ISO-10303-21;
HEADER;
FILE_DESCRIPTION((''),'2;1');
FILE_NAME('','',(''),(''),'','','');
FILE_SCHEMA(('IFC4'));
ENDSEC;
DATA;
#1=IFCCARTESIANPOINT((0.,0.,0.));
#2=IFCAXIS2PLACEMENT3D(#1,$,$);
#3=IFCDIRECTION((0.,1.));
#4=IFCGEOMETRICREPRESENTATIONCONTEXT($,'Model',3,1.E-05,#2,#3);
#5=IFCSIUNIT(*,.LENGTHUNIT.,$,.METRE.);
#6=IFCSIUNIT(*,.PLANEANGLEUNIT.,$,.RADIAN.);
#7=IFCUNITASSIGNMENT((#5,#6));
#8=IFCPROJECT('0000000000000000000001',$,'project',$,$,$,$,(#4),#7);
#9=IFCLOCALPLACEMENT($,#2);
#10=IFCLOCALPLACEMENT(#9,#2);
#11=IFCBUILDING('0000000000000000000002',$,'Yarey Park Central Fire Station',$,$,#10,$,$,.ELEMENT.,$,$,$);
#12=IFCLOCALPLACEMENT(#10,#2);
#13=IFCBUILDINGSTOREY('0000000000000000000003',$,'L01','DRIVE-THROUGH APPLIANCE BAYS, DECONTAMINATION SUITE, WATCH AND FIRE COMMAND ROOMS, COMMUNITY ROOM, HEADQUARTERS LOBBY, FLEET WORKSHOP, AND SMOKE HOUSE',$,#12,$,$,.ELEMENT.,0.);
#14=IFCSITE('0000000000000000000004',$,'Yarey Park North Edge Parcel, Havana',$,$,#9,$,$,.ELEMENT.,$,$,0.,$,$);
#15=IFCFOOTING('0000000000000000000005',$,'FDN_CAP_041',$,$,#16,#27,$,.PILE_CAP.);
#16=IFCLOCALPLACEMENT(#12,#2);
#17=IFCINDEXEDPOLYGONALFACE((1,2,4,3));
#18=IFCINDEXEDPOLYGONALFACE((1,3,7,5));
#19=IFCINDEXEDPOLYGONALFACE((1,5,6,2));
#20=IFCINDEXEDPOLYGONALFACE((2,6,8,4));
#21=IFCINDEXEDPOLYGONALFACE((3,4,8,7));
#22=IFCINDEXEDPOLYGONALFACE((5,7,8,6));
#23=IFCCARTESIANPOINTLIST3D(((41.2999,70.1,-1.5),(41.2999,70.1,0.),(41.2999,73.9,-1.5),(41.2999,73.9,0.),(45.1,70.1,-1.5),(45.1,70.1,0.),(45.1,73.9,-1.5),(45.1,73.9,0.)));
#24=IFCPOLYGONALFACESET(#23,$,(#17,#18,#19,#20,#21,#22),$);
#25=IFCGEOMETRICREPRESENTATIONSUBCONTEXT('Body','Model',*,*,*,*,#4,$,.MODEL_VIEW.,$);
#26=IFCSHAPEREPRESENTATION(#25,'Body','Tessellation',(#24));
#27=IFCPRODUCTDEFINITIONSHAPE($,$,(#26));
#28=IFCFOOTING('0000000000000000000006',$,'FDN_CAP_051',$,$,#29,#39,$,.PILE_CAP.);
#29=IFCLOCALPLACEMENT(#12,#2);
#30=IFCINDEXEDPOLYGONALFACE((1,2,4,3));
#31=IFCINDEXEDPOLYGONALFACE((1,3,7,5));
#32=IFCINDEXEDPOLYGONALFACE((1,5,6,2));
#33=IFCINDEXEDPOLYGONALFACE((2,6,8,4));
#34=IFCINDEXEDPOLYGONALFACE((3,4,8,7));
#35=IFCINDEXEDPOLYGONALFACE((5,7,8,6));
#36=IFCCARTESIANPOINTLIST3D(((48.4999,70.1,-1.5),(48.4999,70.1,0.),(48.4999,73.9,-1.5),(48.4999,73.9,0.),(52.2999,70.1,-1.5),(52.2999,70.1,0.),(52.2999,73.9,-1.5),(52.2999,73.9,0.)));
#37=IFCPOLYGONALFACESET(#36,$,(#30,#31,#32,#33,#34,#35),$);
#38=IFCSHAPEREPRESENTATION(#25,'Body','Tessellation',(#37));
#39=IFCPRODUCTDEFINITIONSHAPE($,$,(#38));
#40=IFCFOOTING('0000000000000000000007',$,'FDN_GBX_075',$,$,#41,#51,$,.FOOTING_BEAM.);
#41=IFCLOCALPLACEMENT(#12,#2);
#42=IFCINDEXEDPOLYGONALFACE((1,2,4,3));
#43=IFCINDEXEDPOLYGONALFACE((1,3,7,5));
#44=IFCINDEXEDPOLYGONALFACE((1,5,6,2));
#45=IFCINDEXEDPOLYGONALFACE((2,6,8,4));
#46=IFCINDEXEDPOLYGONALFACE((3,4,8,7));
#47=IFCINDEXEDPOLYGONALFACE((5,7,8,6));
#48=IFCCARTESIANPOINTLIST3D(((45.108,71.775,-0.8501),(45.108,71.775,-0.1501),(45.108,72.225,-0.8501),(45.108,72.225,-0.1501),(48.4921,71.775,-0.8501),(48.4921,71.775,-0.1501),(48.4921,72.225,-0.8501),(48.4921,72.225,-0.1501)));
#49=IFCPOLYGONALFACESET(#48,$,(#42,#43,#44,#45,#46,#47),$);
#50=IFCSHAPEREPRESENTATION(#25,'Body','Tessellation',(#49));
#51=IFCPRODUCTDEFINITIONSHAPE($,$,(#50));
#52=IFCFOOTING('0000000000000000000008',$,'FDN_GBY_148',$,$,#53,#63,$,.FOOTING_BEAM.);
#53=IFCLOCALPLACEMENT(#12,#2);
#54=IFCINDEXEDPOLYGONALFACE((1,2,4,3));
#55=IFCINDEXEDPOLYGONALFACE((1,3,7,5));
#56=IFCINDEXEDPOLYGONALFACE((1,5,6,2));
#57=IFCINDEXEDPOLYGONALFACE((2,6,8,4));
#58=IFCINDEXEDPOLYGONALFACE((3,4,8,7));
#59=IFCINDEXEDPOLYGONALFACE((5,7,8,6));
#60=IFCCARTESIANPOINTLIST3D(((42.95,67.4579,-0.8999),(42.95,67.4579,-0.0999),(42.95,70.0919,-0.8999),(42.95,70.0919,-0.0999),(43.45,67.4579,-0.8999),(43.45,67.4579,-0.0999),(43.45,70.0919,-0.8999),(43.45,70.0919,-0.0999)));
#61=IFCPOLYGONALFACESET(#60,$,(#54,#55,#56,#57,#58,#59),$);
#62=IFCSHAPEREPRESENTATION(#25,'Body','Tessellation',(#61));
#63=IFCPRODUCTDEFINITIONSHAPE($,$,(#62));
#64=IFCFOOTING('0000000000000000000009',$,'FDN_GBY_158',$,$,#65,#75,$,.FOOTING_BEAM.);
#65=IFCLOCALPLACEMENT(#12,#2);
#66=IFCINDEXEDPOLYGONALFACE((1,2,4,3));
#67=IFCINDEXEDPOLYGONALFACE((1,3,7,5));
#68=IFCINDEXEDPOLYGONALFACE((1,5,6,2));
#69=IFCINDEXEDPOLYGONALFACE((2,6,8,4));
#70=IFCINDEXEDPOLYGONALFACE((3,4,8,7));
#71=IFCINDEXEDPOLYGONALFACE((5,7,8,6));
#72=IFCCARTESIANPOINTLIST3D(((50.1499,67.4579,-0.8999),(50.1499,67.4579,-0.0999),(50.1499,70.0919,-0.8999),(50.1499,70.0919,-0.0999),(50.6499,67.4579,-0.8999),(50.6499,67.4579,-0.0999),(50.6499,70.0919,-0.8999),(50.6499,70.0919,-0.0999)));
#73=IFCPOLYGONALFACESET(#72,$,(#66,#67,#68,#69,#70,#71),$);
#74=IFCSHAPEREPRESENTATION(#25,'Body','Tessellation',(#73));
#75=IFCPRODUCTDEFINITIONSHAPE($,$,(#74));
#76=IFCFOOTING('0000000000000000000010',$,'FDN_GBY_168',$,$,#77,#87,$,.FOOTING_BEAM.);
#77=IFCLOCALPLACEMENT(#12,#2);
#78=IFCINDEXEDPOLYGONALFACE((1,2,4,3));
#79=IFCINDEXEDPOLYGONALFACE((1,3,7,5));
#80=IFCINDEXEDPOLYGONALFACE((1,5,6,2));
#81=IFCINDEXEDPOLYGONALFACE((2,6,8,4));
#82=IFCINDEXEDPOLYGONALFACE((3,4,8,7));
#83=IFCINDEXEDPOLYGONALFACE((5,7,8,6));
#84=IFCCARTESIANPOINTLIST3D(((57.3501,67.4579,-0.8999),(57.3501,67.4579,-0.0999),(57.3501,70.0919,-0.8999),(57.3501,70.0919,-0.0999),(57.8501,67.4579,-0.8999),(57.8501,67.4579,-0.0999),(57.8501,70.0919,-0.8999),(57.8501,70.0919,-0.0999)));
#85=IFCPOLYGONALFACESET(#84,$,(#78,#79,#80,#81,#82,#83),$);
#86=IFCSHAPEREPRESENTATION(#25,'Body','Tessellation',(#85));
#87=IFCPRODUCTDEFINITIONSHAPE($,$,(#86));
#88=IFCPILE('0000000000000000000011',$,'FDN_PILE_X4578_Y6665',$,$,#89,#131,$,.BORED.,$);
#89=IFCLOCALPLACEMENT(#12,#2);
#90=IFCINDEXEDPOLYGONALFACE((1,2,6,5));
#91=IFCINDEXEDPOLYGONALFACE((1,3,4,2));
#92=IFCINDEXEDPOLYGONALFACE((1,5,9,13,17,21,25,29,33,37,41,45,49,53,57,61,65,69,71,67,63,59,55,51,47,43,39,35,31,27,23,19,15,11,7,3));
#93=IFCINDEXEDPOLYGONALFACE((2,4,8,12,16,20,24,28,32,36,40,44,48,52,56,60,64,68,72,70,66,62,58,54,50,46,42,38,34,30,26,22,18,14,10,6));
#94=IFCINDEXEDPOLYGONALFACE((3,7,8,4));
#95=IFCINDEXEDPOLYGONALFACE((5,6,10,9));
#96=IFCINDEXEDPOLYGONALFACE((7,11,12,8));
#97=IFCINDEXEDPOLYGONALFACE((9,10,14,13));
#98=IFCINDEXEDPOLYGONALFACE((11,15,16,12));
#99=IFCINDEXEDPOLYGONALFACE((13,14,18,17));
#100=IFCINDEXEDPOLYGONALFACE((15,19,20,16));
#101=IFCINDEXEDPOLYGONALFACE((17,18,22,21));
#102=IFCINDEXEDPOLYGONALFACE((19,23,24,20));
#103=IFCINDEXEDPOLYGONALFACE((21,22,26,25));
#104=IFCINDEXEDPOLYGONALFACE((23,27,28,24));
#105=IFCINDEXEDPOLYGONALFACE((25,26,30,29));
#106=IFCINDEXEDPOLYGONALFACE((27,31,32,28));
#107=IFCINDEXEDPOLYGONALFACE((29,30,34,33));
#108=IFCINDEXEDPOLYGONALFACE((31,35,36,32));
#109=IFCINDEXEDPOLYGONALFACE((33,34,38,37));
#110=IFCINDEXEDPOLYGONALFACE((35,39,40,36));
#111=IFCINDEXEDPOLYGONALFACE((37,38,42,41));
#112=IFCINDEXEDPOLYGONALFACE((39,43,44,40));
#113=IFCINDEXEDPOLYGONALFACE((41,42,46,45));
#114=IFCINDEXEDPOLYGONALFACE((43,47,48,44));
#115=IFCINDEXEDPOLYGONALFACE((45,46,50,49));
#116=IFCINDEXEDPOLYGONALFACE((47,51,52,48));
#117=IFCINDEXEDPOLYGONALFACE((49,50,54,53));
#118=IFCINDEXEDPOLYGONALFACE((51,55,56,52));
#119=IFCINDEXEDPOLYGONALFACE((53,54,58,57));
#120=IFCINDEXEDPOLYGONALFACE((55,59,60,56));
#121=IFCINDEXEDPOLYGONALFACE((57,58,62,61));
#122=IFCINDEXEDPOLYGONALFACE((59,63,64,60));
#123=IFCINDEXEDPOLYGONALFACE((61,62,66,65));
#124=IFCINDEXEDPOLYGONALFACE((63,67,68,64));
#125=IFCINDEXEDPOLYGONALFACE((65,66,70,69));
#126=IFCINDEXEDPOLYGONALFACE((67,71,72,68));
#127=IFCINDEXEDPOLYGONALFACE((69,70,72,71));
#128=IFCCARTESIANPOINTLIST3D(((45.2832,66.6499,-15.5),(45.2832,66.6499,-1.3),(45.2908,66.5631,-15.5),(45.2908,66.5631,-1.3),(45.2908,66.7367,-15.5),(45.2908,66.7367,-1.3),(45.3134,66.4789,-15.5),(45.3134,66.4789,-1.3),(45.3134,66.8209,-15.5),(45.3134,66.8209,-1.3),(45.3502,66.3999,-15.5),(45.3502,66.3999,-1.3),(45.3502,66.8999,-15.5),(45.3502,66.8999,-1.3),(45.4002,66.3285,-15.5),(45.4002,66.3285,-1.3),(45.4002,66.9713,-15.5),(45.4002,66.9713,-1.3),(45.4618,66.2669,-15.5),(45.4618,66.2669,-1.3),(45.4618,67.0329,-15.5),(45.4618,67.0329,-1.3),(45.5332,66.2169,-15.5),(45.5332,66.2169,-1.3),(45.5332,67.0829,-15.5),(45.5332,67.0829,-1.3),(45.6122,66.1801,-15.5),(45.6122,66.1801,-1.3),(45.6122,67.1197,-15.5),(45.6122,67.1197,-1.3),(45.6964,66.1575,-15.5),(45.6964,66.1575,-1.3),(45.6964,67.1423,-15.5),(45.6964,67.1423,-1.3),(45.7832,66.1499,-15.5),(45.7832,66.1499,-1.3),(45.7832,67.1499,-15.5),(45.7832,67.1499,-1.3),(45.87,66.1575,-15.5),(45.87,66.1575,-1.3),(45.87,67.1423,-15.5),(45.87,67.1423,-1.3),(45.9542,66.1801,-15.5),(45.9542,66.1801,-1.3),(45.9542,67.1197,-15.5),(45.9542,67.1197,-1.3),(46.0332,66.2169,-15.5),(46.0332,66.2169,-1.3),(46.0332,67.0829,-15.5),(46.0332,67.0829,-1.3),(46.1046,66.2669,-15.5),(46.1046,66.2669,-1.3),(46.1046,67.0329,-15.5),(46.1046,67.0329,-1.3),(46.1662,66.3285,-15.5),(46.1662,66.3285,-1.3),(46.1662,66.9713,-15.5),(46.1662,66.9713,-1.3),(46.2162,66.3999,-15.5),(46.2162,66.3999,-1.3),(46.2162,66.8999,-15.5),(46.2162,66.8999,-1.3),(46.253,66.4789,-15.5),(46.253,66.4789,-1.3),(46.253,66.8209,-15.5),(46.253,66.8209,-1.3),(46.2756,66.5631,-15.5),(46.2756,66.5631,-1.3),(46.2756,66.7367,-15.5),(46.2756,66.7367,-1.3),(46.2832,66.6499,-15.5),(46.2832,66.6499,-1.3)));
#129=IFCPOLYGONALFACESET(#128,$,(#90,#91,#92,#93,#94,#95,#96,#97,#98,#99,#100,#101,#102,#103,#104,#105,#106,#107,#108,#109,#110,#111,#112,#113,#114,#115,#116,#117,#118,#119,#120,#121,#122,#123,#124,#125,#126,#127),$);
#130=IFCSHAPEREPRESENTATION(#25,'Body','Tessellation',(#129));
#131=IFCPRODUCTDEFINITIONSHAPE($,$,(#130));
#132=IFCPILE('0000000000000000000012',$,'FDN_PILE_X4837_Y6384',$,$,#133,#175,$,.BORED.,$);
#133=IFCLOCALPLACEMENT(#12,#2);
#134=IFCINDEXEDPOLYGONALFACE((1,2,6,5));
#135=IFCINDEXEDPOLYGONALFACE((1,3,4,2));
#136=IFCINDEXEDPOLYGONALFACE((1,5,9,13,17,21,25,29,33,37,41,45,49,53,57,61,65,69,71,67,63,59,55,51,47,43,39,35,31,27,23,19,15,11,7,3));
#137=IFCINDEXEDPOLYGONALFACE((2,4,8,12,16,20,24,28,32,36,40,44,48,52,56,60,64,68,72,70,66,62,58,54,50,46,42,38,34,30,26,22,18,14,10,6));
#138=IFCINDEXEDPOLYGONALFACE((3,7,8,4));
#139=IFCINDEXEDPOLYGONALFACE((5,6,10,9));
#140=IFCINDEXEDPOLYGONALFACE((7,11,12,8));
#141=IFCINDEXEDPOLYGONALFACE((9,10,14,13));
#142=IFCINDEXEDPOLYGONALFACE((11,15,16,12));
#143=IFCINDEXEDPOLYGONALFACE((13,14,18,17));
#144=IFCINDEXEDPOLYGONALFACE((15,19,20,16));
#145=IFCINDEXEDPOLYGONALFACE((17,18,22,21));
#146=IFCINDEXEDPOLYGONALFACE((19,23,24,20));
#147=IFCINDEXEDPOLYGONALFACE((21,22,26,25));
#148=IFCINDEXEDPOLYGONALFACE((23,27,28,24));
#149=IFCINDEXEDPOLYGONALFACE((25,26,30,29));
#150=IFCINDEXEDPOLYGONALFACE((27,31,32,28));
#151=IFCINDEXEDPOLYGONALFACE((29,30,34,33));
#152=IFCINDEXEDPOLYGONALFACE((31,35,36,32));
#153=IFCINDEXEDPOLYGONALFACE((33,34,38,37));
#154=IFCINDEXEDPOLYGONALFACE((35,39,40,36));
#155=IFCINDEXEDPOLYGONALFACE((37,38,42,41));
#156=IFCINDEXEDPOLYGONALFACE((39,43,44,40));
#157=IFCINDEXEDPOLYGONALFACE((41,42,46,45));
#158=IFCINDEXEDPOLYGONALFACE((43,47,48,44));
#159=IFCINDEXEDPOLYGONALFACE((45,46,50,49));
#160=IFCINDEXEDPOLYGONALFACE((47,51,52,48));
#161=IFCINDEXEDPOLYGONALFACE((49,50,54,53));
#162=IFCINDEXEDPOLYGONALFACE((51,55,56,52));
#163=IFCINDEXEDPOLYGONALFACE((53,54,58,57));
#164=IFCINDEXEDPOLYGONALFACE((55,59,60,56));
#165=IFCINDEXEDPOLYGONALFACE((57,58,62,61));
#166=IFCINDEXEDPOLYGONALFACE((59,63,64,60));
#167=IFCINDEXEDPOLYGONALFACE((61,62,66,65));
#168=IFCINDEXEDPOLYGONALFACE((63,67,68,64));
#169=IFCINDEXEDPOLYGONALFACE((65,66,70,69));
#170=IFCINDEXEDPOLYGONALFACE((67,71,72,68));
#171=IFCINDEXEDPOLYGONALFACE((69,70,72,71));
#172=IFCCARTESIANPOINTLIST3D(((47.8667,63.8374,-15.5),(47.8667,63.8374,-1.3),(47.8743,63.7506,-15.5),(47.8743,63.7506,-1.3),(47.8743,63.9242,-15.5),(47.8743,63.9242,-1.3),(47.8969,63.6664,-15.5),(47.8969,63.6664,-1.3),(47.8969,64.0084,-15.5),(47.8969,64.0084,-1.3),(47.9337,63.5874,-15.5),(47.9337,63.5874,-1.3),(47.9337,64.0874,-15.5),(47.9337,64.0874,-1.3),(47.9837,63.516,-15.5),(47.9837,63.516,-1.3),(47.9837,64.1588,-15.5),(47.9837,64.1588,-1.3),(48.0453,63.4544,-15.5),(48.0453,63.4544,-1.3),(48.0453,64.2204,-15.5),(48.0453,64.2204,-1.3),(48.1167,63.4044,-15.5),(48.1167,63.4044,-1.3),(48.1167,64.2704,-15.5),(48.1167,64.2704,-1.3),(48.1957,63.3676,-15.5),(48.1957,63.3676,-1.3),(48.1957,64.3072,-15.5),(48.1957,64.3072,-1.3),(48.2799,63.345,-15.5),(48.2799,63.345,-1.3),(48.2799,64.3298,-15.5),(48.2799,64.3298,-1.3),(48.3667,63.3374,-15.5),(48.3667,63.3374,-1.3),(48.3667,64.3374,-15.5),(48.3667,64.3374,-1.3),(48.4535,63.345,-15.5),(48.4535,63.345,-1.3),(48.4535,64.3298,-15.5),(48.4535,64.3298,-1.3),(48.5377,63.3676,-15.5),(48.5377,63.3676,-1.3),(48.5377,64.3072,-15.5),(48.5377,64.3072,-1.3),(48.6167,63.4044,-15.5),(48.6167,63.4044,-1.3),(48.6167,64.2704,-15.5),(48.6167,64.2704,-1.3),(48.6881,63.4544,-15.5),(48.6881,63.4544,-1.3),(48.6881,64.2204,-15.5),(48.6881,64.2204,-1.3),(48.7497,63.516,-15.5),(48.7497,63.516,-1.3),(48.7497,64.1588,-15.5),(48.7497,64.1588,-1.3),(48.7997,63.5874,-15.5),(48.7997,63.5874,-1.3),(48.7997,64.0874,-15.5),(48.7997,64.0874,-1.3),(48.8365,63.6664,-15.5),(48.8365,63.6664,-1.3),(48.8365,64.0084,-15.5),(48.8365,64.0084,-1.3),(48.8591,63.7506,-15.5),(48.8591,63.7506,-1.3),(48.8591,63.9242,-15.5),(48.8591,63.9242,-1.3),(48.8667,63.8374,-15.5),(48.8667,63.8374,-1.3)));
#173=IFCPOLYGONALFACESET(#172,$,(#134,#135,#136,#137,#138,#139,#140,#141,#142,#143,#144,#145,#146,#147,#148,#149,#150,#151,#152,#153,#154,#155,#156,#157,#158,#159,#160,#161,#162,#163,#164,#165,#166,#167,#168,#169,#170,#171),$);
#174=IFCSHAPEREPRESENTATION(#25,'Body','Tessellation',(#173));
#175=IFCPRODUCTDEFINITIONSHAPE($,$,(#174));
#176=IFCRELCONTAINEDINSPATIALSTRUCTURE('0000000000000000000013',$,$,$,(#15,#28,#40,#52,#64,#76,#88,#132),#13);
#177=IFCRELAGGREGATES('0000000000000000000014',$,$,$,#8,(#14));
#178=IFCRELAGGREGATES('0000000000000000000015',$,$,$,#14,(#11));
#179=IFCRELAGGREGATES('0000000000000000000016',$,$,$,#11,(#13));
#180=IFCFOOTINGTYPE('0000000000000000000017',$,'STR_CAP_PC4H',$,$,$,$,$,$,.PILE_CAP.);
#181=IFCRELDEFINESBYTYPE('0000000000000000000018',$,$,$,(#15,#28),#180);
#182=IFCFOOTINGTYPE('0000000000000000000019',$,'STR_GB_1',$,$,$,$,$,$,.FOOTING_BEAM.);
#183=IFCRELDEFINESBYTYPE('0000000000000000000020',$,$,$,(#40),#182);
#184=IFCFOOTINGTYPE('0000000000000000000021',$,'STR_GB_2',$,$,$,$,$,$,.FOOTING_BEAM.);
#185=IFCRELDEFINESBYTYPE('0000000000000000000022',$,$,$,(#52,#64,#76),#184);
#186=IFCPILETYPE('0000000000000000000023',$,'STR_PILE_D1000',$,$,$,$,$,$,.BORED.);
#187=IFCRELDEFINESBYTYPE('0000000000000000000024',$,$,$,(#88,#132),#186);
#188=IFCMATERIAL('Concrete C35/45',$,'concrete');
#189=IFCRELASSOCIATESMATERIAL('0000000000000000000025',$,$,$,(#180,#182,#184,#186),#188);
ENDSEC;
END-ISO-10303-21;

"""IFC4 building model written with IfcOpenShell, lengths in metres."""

from ifc_helpers import new_model, si_unit, direction, frame, origin, origin_2d, place, context, subcontext, project, spatial, rectangle, circle, extrude, material, material_profile, profile_set, type_object, element, save


model = new_model("IFC4")

# Units and contexts
model_context = context("Model", 3, precision=1e-05, world=origin(), true_north=direction((0.0, 1.0)))
body_context = subcontext(model_context, "Body", "Model", "MODEL_VIEW")
ifc_project = project(units=[si_unit("LENGTHUNIT", "METRE"), si_unit("PLANEANGLEUNIT", "RADIAN")], contexts=[model_context])

# Site, building, storey
site_placement = place(None, origin())
site = spatial("IfcSite", under=ifc_project, at=site_placement, Name="Yarey Park North Edge Parcel, Havana", CompositionType="ELEMENT", RefElevation=0.0)
building_placement = place(site_placement, origin())
building = spatial("IfcBuilding", under=site, at=building_placement, Name="Yarey Park Central Fire Station", CompositionType="ELEMENT")
storey_placement = place(building_placement, origin())
storey = spatial("IfcBuildingStorey", under=building, at=storey_placement, Name="L01", Description="DRIVE-THROUGH APPLIANCE BAYS, DECONTAMINATION SUITE, WATCH AND FIRE COMMAND ROOMS, COMMUNITY ROOM, HEADQUARTERS LOBBY, FLEET WORKSHOP, AND SMOKE HOUSE", CompositionType="ELEMENT", Elevation=0.0)

# Footings
ifc_material_1 = material(Name="Concrete C35/45", Category="concrete")
footing_type_1 = type_object("IfcFootingType", Name="STR_CAP_PC4H", PredefinedType="PILE_CAP", material=ifc_material_1)
for number, where, z_axis, x_axis, name in (
    (1, (43.2, 72.0, -1.5), (0.0, 0.0, 1.0), (1.0, 0.0, 0.0), "FDN_CAP_041"),
    (2, (50.3999, 72.0, -1.5), (0.0, 0.0, 1.0), (1.0, 0.0, 0.0), "FDN_CAP_051"),
):
    element("IfcFooting", number, at=place(storey_placement, frame(where, z_axis=z_axis, x_axis=x_axis)), inside=storey, type_object=footing_type_1, Name=name, PredefinedType="PILE_CAP", context=body_context, shape_type="SweptSolid", body=[
        extrude(rectangle(XDim=3.8, YDim=3.8, at=origin_2d()), origin(), (0.0, 0.0, 1.0), 1.5),
    ])
footing_type_2 = type_object("IfcFootingType", Name="STR_GB_1", PredefinedType="FOOTING_BEAM", material=ifc_material_1)
footing_placement = place(storey_placement, frame((46.8, 72.0, -0.8501), z_axis=(0.0, 0.0, 1.0), x_axis=(1.0, 0.0, 0.0)))
element("IfcFooting", 3, at=footing_placement, inside=storey, type_object=footing_type_2, Name="FDN_GBX_075", PredefinedType="FOOTING_BEAM", context=body_context, shape_type="SweptSolid", body=[
    extrude(rectangle(XDim=3.384, YDim=0.45, at=origin_2d()), origin(), (0.0, 0.0, 1.0), 0.7),
])
footing_type_3 = type_object("IfcFootingType", Name="STR_GB_2", PredefinedType="FOOTING_BEAM", material=ifc_material_1)
for number, where, z_axis, x_axis, name in (
    (4, (43.2, 68.7749, -0.8999), (0.0, 0.0, 1.0), (1.0, 0.0, 0.0), "FDN_GBY_148"),
    (5, (50.3999, 68.7749, -0.8999), (0.0, 0.0, 1.0), (1.0, 0.0, 0.0), "FDN_GBY_158"),
    (6, (57.6001, 68.7749, -0.8999), (0.0, 0.0, 1.0), (1.0, 0.0, 0.0), "FDN_GBY_168"),
):
    element("IfcFooting", number, at=place(storey_placement, frame(where, z_axis=z_axis, x_axis=x_axis)), inside=storey, type_object=footing_type_3, Name=name, PredefinedType="FOOTING_BEAM", context=body_context, shape_type="SweptSolid", body=[
        extrude(rectangle(XDim=0.5, YDim=2.634, at=origin_2d()), origin(), (0.0, 0.0, 1.0), 0.8),
    ])

# Piles
ifc_material_profile_1 = material_profile(ifc_material_1, circle(Radius=0.5, at=origin_2d()), Name="BORED PILE D1000")
ifc_profile_set_1 = profile_set([ifc_material_profile_1], Name="Concrete C35/45")
pile_type_1 = type_object("IfcPileType", Name="STR_PILE_D1000", PredefinedType="BORED", material=ifc_profile_set_1)
for number, where, z_axis, x_axis, name in (
    (7, (45.7832, 66.6499, -1.3), (0.0, 0.0, -1.0), (1.0, 0.0, 0.0), "FDN_PILE_X4578_Y6665"),
    (8, (48.3667, 63.8374, -1.3), (0.0, 0.0, -1.0), (1.0, 0.0, 0.0), "FDN_PILE_X4837_Y6384"),
):
    element("IfcPile", number, at=place(storey_placement, frame(where, z_axis=z_axis, x_axis=x_axis)), inside=storey, type_object=pile_type_1, Name=name, PredefinedType="BORED", context=body_context, shape_type="SweptSolid", body=[
        extrude(circle(Radius=0.5, at=origin_2d()), origin(), (0.0, 0.0, 1.0), 14.2),
    ])

save(model, "model.ifc")
